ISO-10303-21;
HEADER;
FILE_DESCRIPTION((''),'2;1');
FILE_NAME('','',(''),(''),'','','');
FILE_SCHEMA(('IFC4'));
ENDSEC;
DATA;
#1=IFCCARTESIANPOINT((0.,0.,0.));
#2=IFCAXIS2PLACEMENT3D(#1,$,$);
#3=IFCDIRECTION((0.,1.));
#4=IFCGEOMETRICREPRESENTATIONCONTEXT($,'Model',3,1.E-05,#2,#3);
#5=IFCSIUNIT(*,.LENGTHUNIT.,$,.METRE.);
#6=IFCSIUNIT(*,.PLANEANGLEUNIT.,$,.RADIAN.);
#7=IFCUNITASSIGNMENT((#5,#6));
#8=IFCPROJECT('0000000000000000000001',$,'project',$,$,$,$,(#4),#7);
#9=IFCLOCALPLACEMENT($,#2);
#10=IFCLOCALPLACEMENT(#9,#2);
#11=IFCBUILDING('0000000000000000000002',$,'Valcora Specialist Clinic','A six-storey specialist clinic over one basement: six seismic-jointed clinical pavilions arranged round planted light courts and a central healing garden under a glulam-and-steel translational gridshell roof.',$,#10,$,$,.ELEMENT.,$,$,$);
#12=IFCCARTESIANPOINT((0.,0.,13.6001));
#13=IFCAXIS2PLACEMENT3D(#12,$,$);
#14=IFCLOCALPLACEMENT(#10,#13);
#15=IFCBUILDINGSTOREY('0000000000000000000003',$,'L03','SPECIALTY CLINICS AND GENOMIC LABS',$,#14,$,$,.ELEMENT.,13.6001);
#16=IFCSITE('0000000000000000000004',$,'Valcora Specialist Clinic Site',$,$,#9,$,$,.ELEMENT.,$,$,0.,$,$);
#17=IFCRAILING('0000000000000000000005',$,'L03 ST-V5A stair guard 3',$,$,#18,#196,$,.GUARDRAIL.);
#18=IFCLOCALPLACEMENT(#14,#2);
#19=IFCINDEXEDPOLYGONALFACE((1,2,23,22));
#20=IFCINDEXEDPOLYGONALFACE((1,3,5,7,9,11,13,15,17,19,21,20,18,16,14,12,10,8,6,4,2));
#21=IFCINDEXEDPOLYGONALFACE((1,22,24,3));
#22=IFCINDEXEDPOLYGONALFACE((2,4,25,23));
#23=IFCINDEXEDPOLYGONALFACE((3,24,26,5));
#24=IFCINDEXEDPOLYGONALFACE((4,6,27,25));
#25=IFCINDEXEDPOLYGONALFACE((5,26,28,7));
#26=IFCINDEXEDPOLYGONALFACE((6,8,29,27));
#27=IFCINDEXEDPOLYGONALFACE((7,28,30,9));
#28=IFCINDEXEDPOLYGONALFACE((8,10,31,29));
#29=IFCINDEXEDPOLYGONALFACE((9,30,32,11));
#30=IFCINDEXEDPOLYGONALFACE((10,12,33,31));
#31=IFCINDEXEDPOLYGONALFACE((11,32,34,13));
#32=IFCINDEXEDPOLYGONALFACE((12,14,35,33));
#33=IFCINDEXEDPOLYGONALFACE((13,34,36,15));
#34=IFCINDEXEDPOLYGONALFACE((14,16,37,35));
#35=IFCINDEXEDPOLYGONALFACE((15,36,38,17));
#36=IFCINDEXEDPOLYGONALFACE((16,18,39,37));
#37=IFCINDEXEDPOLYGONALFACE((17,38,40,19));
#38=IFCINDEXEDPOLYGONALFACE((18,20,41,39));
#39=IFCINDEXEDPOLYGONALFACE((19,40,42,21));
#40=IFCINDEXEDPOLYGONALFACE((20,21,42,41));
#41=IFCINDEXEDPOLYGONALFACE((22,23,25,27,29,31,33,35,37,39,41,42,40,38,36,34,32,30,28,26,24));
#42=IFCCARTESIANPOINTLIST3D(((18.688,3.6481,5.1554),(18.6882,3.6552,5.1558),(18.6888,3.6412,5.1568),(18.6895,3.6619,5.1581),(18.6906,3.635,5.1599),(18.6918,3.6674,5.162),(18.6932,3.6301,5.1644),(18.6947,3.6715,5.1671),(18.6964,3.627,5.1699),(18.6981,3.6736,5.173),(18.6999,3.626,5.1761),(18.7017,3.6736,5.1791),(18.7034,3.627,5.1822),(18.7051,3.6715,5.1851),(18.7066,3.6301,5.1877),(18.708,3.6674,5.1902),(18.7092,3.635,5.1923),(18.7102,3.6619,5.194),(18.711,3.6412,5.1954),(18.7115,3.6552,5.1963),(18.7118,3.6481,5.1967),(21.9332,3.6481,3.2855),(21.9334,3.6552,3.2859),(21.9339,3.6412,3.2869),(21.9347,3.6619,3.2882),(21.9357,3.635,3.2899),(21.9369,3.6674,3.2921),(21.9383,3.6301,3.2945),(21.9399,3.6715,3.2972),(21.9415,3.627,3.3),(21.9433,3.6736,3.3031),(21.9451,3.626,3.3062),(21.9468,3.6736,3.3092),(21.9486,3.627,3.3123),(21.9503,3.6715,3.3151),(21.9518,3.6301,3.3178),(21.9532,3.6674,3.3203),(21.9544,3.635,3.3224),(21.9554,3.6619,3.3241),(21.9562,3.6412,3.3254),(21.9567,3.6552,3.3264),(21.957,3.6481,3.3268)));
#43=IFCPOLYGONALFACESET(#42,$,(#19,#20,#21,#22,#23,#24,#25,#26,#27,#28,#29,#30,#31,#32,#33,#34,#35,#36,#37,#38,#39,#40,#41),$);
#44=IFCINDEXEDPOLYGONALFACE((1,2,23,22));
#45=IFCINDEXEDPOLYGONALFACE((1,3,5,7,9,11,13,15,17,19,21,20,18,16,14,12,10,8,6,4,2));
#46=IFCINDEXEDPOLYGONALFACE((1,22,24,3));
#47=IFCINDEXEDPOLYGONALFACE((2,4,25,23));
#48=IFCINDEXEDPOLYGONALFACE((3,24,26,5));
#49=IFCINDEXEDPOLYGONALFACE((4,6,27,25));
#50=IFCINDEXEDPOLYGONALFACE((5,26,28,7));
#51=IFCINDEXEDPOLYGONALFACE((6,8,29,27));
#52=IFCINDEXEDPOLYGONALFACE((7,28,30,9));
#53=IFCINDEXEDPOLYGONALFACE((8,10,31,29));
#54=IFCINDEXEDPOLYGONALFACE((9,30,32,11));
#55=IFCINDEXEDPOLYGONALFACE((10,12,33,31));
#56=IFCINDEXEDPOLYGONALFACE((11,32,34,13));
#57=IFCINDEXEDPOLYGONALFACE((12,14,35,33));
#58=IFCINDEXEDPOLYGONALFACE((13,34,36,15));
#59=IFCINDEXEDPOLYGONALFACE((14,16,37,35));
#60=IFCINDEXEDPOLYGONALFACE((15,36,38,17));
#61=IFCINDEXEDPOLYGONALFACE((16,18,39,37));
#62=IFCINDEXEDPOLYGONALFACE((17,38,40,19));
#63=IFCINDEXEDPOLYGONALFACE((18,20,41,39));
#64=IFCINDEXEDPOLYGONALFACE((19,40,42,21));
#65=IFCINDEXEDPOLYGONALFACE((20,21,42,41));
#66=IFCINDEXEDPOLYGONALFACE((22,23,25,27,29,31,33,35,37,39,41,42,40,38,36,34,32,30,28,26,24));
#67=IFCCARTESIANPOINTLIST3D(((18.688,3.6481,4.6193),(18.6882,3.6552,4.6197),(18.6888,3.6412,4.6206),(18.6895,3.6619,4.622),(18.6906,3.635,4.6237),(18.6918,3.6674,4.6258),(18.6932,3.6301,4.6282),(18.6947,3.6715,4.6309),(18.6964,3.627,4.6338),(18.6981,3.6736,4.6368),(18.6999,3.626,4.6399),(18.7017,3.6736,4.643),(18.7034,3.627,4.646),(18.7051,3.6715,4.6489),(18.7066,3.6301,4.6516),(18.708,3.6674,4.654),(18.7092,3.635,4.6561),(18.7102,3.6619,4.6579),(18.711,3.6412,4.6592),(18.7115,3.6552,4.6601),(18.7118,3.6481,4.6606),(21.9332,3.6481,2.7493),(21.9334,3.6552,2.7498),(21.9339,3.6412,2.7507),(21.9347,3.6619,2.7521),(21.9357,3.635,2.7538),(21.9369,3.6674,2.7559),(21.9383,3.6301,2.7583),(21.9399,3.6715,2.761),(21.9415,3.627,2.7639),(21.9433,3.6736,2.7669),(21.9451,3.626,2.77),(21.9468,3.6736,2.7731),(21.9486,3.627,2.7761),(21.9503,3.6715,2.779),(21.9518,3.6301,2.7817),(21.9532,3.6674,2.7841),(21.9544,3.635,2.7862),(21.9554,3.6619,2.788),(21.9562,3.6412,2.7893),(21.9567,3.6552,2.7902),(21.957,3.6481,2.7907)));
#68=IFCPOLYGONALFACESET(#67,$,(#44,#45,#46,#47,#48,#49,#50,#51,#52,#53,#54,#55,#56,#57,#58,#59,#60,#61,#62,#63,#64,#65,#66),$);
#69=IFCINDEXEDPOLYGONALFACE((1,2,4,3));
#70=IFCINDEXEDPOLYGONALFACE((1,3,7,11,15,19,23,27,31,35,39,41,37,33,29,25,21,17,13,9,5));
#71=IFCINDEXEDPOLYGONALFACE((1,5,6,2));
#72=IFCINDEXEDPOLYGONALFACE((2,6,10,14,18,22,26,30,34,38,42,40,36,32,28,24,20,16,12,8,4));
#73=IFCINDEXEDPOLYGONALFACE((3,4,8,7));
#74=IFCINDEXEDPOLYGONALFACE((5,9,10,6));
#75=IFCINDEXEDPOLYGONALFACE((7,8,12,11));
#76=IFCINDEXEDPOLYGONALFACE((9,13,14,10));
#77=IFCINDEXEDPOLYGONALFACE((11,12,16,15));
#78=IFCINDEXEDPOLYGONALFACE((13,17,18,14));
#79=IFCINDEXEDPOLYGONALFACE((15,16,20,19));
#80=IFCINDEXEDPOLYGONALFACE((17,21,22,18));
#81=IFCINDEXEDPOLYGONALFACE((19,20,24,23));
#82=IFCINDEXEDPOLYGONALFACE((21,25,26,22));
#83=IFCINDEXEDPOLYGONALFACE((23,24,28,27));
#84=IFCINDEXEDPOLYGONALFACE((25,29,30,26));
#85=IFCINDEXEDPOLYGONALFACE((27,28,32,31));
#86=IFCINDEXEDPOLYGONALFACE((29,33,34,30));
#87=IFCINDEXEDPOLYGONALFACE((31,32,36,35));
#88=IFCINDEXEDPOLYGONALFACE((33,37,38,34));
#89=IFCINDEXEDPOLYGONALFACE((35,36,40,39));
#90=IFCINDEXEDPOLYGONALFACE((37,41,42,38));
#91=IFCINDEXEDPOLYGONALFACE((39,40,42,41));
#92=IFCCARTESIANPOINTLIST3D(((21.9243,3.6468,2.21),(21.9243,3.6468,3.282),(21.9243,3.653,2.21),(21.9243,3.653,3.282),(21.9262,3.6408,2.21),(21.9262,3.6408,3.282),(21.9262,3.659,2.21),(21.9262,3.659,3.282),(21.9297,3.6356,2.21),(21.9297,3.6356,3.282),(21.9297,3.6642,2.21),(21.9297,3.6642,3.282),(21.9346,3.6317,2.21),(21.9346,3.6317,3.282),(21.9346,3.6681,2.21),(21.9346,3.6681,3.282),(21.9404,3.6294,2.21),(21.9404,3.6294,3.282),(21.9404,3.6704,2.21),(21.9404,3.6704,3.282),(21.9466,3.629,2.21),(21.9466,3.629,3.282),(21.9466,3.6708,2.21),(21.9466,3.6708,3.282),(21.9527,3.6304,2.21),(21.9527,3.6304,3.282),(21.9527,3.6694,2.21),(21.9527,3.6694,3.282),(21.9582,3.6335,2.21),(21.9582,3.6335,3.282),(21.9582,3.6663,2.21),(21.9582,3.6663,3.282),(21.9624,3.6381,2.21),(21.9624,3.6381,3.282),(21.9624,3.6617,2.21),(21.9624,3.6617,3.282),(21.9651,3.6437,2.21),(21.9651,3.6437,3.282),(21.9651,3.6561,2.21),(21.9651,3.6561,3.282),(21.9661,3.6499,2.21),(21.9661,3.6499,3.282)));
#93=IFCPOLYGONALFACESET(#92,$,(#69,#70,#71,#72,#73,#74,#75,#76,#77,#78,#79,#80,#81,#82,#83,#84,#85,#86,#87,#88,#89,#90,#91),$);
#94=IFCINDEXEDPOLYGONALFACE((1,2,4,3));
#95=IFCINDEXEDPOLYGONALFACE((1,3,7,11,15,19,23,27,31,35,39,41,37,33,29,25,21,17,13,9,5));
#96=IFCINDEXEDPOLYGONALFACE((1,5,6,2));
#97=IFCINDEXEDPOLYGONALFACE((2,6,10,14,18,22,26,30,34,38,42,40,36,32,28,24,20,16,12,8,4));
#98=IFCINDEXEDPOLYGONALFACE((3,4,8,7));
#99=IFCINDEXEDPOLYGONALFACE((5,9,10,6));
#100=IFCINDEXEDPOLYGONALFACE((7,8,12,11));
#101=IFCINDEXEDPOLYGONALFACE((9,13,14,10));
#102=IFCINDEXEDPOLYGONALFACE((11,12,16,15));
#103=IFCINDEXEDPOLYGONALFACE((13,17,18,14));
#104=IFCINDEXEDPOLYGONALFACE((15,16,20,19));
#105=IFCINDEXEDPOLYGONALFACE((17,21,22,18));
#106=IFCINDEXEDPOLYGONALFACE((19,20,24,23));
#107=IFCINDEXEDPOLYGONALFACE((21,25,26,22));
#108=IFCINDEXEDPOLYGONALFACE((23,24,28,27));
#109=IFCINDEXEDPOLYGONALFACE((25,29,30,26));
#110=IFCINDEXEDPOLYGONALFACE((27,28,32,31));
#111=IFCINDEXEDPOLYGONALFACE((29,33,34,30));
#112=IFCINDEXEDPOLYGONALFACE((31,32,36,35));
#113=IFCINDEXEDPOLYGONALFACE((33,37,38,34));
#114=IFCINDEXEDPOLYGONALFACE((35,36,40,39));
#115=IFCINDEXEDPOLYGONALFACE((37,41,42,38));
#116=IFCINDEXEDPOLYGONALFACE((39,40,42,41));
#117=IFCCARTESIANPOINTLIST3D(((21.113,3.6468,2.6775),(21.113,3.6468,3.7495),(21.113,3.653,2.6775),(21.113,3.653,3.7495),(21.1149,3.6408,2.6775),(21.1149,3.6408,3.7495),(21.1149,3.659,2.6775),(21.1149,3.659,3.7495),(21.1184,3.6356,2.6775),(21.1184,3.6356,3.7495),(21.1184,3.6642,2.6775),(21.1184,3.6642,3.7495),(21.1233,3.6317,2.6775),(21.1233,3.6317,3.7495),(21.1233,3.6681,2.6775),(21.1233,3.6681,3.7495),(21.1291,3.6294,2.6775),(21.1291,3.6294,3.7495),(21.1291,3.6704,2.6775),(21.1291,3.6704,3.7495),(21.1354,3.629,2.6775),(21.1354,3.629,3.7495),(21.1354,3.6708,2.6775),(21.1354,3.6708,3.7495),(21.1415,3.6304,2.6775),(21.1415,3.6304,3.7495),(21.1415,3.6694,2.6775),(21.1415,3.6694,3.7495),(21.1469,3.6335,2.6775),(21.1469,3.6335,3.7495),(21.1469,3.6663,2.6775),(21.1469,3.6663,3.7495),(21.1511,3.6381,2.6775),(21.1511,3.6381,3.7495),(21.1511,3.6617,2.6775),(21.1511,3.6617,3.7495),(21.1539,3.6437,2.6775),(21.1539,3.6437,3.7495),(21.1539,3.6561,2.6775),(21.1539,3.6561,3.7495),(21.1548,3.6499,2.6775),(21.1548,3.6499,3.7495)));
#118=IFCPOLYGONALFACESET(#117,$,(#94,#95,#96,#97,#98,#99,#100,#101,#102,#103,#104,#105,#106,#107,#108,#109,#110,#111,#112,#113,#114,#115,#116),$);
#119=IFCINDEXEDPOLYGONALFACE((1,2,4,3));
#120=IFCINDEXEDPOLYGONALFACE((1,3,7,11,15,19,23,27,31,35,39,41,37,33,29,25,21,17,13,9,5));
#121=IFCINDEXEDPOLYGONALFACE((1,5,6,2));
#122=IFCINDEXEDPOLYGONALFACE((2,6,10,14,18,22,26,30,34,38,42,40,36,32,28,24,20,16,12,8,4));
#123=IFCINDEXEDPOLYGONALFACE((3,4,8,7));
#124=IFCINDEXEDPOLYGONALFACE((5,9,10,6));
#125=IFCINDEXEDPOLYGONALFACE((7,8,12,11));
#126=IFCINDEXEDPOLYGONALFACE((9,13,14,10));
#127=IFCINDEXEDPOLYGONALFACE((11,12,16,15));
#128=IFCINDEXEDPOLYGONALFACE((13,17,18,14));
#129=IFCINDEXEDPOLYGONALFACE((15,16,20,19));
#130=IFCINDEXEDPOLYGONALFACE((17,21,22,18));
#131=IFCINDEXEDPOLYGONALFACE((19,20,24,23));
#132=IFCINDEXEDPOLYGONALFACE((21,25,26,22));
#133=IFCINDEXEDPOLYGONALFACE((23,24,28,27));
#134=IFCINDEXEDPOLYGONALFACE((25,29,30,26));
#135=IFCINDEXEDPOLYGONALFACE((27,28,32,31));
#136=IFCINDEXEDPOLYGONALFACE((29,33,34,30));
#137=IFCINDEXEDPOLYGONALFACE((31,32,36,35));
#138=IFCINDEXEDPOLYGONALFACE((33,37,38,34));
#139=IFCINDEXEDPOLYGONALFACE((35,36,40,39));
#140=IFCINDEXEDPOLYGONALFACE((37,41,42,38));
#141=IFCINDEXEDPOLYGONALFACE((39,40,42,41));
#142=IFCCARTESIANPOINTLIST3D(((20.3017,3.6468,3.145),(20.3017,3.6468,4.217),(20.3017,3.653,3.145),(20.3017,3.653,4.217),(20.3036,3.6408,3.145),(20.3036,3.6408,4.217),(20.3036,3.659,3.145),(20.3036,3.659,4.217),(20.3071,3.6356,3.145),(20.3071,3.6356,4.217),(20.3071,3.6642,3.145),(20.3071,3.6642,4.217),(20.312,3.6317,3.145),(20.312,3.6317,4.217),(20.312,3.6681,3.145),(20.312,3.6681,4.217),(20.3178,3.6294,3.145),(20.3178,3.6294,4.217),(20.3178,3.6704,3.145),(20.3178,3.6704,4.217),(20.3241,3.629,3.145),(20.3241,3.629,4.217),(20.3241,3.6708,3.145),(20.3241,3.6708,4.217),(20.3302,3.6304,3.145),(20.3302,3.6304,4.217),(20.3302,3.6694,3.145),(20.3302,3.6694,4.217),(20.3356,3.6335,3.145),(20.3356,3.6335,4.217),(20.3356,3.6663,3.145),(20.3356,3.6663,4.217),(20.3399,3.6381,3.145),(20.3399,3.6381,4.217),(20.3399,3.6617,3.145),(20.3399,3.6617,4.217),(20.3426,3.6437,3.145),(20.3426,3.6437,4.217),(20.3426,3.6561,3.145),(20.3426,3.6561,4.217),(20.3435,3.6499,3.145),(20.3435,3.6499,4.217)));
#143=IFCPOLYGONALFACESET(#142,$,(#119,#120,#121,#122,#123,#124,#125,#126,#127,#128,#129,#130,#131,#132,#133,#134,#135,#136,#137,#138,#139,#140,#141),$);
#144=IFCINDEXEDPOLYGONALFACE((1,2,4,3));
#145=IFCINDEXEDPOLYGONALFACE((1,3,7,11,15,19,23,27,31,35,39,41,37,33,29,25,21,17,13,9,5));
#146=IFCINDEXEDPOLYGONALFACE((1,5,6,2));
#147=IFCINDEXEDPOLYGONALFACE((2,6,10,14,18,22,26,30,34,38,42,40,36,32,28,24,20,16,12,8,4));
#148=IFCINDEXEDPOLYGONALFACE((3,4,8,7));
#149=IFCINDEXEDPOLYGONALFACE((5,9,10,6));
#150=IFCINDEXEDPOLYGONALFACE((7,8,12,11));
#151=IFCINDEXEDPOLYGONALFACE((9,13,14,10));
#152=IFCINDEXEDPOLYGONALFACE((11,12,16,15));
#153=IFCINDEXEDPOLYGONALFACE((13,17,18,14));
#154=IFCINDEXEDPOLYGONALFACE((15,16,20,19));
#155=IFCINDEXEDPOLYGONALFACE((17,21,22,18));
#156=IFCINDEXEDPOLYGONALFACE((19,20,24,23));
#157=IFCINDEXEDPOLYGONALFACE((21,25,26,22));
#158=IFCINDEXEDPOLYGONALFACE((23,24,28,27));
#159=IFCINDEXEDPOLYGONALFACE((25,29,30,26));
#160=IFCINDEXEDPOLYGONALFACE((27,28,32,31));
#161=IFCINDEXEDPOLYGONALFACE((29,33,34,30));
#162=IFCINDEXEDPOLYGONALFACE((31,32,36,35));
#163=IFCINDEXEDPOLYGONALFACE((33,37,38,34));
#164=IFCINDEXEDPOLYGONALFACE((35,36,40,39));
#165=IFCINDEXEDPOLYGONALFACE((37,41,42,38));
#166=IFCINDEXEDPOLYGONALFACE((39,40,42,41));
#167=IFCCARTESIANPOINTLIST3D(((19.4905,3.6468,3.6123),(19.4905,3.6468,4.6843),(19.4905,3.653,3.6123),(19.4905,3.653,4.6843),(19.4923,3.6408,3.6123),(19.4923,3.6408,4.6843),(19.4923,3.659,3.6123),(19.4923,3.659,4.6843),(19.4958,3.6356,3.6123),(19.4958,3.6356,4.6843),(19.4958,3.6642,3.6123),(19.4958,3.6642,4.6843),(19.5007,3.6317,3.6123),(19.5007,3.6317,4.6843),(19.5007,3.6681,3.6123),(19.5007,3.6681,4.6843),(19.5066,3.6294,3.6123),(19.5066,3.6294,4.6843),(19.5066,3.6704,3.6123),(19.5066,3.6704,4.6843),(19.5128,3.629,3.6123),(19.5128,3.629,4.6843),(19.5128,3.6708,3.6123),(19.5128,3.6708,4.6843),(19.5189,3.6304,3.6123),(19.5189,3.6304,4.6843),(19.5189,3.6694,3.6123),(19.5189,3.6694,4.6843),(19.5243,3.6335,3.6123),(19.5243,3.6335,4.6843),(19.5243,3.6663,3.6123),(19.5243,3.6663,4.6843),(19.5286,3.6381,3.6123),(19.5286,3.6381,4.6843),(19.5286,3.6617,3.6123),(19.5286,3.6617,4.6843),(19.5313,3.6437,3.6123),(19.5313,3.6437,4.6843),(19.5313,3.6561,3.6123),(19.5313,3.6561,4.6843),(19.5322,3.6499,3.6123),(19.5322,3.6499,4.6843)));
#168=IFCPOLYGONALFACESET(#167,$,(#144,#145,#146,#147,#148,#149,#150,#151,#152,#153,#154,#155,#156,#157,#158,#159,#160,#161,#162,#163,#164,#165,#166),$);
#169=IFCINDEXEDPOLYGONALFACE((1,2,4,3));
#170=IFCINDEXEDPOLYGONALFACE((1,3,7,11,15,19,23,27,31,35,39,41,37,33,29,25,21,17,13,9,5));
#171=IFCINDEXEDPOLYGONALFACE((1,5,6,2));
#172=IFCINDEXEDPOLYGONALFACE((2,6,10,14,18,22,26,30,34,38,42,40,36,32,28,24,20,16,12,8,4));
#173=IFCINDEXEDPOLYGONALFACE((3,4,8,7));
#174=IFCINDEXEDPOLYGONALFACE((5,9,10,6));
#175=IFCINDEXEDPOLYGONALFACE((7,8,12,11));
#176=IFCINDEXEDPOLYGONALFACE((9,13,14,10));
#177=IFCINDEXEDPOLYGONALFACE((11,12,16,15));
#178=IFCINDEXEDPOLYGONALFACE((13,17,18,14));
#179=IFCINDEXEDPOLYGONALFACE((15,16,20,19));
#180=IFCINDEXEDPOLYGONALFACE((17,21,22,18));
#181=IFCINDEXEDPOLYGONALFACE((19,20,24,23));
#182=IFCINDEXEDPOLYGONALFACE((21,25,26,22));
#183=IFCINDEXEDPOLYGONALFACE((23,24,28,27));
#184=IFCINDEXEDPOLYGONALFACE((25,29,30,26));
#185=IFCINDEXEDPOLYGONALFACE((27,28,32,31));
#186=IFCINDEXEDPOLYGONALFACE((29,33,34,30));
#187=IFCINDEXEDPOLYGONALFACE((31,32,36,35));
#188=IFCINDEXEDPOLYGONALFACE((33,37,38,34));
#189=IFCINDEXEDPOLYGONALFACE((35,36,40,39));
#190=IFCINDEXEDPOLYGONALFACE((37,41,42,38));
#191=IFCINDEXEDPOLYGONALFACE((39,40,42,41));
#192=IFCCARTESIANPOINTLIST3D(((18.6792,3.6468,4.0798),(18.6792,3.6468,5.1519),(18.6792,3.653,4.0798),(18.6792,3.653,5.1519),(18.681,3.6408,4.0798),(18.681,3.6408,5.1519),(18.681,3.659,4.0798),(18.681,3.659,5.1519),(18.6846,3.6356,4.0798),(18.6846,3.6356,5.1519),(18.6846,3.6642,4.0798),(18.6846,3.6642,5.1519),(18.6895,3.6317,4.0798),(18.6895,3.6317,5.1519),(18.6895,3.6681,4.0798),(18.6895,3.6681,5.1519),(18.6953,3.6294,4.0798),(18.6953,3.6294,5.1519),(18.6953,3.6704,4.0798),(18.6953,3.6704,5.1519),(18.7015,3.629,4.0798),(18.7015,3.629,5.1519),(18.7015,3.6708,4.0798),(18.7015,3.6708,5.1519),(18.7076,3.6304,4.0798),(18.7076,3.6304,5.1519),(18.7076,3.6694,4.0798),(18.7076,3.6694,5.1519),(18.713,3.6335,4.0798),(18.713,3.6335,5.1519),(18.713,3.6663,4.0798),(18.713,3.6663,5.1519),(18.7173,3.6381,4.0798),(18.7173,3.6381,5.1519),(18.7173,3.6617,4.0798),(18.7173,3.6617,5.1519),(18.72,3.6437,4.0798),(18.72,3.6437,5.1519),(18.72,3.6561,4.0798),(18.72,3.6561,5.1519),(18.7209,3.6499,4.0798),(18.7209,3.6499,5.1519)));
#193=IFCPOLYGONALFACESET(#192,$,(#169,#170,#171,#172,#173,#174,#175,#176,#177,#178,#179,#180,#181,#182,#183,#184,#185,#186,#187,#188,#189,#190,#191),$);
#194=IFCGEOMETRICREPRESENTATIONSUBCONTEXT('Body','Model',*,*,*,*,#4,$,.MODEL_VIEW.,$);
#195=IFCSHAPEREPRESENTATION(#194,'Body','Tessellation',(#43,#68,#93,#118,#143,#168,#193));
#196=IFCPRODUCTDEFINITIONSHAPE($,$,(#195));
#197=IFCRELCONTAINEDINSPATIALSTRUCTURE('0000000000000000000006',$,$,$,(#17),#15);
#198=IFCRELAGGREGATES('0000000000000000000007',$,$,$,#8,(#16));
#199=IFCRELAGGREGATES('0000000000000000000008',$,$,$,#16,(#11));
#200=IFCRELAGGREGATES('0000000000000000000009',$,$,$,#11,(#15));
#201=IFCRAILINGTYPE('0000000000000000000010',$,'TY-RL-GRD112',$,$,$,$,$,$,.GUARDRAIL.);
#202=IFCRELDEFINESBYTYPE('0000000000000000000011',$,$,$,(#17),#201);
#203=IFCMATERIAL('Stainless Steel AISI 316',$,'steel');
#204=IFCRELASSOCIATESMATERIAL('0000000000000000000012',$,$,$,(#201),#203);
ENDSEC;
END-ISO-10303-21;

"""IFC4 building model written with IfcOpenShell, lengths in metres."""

from ifc_helpers import new_model, si_unit, direction, frame, origin, origin_2d, place, context, subcontext, project, spatial, circle, extrude, material, type_object, element, save


model = new_model("IFC4")

# Units and contexts
model_context = context("Model", 3, precision=1e-05, world=origin(), true_north=direction((0.0, 1.0)))
body_context = subcontext(model_context, "Body", "Model", "MODEL_VIEW")
ifc_project = project(units=[si_unit("LENGTHUNIT", "METRE"), si_unit("PLANEANGLEUNIT", "RADIAN")], contexts=[model_context])

# Site, building, storey
site_placement = place(None, origin())
site = spatial("IfcSite", under=ifc_project, at=site_placement, Name="Valcora Specialist Clinic Site", CompositionType="ELEMENT", RefElevation=0.0)
building_placement = place(site_placement, origin())
building = spatial("IfcBuilding", under=site, at=building_placement, Name="Valcora Specialist Clinic", Description="A six-storey specialist clinic over one basement: six seismic-jointed clinical pavilions arranged round planted light courts and a central healing garden under a glulam-and-steel translational gridshell roof.", CompositionType="ELEMENT")
storey_placement = place(building_placement, frame((0.0, 0.0, 13.6001)))
storey = spatial("IfcBuildingStorey", under=building, at=storey_placement, Name="L03", Description="SPECIALTY CLINICS AND GENOMIC LABS", CompositionType="ELEMENT", Elevation=13.6001)

# Railing
ifc_material_1 = material(Name="Stainless Steel AISI 316", Category="steel")
railing_type_1 = type_object("IfcRailingType", Name="TY-RL-GRD112", PredefinedType="GUARDRAIL", material=ifc_material_1)
railing_1_placement = place(storey_placement, frame((21.9451, 3.6499, 2.21)))
element("IfcRailing", 1, at=railing_1_placement, inside=storey, type_object=railing_type_1, Name="L03 ST-V5A stair guard 3", PredefinedType="GUARDRAIL", context=body_context, shape_type="SweptSolid", body=[
    extrude(circle(Radius=0.0239, at=origin_2d()), frame((0.0, 0.0, 1.0962), z_axis=(-0.866452, 0.0, 0.49926), x_axis=(0.0, -1.0, 0.0)), (0.0, 0.0, 1.0), 3.7454),
    extrude(circle(Radius=0.0239, at=origin_2d()), frame((0.0, 0.0, 0.5601), z_axis=(-0.866452, 0.0, 0.49926), x_axis=(0.0, -1.0, 0.0)), (0.0, 0.0, 1.0), 3.7454),
    extrude(circle(Radius=0.021, at=origin_2d()), origin(), (0.0, 0.0, 1.0), 1.072),
    extrude(circle(Radius=0.021, at=origin_2d()), frame((-0.8113, 0.0, 0.4675)), (0.0, 0.0, 1.0), 1.072),
    extrude(circle(Radius=0.021, at=origin_2d()), frame((-1.6226, 0.0, 0.9351)), (0.0, 0.0, 1.0), 1.072),
    extrude(circle(Radius=0.021, at=origin_2d()), frame((-2.4338, 0.0, 1.4023)), (0.0, 0.0, 1.0), 1.072),
    extrude(circle(Radius=0.021, at=origin_2d()), frame((-3.2451, 0.0, 1.8699)), (0.0, 0.0, 1.0), 1.072),
])

save(model, "model.ifc")
